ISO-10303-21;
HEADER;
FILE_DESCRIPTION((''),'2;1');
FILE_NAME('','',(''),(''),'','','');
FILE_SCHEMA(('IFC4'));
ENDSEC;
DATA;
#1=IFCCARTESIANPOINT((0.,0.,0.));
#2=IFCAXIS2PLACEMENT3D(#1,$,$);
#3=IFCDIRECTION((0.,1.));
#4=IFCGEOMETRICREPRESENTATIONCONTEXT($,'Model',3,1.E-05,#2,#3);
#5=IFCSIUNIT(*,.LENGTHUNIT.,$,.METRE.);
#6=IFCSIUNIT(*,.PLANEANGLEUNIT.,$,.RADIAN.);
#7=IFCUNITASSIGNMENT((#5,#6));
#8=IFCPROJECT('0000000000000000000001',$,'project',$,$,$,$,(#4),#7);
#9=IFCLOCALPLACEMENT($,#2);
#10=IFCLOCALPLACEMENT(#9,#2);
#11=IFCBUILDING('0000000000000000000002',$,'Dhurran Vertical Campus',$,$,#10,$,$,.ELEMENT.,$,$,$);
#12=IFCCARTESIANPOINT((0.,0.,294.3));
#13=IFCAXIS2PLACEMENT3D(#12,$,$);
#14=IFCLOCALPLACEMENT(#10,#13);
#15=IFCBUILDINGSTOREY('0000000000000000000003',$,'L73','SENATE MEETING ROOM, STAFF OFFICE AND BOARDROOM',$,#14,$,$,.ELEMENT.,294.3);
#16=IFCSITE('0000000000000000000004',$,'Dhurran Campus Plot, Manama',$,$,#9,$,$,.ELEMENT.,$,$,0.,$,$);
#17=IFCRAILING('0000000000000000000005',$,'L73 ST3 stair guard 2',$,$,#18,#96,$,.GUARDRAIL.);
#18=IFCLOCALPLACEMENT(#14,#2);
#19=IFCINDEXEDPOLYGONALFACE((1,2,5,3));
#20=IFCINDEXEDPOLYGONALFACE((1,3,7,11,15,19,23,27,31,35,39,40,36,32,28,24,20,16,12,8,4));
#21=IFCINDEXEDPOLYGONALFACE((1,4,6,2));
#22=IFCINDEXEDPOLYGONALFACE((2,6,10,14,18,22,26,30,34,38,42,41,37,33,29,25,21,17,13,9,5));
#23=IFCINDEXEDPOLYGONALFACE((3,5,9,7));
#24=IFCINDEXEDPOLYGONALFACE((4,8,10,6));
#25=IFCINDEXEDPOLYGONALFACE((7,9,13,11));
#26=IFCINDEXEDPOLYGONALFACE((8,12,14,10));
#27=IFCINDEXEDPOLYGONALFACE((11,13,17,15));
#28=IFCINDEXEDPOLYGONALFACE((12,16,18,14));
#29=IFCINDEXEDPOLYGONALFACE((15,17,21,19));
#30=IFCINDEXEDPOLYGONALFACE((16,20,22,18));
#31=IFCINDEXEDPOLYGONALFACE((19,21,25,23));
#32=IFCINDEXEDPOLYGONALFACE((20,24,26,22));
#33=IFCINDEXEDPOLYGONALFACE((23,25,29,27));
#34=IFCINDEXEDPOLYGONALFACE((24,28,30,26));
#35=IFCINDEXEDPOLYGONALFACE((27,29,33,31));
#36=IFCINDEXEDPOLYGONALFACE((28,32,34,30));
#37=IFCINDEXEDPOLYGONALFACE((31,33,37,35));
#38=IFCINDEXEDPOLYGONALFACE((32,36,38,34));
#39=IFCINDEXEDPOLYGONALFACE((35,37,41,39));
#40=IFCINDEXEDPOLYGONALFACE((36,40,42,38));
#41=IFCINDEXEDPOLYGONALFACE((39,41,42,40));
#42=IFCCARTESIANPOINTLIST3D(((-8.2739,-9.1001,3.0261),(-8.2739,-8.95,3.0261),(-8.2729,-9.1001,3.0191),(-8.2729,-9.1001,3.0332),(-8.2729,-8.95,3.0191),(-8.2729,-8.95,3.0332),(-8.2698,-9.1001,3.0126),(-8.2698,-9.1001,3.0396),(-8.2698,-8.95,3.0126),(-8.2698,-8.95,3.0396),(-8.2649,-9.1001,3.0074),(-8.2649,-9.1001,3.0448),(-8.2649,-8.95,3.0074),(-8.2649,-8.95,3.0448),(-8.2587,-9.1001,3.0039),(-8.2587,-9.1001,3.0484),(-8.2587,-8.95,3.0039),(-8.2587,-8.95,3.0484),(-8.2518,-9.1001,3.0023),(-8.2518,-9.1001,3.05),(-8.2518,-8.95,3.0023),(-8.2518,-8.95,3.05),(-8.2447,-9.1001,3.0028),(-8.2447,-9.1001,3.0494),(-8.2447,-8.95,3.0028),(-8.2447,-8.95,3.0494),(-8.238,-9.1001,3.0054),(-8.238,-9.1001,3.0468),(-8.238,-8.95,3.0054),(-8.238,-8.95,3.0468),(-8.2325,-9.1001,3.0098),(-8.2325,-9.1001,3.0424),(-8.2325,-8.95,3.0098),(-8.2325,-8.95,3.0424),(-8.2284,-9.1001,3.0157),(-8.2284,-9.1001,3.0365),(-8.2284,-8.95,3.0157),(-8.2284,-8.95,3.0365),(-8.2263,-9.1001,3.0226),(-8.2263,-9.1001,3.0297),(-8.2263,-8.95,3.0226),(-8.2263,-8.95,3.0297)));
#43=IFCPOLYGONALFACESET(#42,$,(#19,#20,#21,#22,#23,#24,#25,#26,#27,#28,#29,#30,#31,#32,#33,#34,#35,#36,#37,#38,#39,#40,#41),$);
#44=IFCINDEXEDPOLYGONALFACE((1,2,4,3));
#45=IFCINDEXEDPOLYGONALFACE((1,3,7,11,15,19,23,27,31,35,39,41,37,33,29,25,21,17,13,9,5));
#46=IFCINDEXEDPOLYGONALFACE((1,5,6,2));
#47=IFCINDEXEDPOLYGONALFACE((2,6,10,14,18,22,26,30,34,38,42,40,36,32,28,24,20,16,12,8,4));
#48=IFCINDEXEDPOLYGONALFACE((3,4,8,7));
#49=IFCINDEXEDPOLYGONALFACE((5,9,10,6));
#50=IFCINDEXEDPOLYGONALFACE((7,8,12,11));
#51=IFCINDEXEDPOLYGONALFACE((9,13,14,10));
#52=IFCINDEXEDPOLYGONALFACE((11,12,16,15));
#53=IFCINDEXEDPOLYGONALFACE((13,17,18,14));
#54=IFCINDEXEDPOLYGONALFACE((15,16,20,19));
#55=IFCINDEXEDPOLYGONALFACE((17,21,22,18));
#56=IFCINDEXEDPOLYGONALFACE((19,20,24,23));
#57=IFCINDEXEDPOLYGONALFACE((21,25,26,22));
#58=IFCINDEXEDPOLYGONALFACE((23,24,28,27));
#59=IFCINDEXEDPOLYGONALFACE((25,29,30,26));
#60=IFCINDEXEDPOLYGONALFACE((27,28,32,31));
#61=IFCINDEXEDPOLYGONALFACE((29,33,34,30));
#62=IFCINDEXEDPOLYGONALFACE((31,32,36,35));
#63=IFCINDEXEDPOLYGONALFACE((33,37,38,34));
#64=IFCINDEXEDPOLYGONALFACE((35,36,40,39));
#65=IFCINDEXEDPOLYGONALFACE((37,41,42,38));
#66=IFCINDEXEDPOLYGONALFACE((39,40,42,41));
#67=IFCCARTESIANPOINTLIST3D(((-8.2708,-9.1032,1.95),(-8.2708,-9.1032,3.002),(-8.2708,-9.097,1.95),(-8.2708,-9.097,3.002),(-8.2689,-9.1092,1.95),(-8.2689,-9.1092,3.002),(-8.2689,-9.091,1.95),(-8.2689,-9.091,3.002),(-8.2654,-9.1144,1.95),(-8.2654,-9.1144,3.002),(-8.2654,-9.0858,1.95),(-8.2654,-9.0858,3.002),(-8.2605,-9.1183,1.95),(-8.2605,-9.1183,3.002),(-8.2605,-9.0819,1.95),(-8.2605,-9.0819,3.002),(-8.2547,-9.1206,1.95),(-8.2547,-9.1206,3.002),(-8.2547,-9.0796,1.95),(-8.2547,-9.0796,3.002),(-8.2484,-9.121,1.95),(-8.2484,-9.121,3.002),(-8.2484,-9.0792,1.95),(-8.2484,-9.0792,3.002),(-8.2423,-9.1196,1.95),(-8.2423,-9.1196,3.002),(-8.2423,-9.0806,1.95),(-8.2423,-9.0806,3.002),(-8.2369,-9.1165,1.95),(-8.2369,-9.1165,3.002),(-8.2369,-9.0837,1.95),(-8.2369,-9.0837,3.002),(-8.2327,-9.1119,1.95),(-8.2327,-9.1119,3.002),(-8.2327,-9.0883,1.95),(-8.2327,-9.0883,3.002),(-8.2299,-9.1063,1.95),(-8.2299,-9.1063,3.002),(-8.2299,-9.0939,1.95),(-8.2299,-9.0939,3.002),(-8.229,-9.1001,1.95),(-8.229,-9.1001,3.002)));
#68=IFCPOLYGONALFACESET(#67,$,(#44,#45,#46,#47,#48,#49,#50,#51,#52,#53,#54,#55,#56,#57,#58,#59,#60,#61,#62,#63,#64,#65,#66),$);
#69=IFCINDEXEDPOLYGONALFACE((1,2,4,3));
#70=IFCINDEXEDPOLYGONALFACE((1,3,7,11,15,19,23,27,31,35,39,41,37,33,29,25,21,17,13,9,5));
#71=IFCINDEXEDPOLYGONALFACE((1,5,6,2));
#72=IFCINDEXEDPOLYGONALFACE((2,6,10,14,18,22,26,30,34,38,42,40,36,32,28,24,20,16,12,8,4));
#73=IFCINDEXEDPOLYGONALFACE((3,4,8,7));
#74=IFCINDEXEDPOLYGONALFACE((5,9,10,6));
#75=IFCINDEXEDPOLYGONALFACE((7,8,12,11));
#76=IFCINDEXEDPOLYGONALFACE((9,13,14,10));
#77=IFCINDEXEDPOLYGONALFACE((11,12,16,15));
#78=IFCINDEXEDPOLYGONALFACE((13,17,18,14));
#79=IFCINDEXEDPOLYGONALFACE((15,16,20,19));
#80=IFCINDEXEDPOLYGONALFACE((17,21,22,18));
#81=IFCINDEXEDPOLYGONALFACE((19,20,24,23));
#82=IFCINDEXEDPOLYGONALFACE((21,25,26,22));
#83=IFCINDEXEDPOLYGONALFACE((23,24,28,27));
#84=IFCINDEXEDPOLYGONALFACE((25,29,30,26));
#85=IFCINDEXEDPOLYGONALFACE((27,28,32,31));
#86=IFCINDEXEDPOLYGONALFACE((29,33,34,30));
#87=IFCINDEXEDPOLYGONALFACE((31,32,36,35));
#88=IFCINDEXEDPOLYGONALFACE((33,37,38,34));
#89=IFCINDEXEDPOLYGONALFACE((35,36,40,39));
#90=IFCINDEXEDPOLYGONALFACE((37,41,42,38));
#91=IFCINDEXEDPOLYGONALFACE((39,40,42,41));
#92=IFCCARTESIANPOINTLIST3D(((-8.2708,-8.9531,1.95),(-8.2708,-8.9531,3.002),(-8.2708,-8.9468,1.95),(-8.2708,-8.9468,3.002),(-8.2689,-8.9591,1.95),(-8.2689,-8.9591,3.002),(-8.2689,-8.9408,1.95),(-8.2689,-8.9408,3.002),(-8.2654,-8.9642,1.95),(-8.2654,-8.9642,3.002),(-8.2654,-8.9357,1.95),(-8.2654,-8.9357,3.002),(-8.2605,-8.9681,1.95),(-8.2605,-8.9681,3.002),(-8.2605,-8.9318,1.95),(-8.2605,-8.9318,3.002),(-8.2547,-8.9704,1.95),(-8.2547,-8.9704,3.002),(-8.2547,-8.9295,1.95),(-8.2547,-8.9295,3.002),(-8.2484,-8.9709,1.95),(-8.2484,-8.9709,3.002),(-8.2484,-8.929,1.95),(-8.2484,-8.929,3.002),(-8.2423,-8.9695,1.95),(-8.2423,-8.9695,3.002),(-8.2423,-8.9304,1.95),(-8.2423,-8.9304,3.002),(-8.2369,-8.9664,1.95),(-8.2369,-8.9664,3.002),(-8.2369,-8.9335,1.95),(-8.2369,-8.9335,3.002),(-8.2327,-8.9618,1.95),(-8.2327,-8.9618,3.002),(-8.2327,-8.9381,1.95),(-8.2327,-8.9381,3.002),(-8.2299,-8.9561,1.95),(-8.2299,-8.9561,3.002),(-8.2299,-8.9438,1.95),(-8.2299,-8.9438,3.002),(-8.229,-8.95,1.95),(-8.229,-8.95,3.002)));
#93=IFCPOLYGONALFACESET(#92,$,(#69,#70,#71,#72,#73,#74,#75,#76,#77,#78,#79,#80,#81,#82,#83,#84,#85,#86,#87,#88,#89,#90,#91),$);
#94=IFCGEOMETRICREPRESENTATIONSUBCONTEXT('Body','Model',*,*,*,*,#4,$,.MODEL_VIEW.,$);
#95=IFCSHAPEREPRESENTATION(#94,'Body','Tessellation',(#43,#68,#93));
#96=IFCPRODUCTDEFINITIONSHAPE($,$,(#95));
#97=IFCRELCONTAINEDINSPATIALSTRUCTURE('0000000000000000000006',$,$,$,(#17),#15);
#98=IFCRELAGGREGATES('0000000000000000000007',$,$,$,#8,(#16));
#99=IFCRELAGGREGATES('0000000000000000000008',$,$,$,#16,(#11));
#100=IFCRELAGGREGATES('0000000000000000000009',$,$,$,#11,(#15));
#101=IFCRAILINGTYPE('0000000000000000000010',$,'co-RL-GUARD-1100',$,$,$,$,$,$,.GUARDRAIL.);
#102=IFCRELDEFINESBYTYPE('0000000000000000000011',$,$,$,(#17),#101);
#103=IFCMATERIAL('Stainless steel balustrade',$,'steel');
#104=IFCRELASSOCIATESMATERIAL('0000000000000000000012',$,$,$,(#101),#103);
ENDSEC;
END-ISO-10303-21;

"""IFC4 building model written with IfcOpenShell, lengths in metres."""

from ifc_helpers import new_model, si_unit, direction, frame, origin, origin_2d, place, context, subcontext, project, spatial, circle, extrude, material, type_object, element, save


model = new_model("IFC4")

# Units and contexts
model_context = context("Model", 3, precision=1e-05, world=origin(), true_north=direction((0.0, 1.0)))
body_context = subcontext(model_context, "Body", "Model", "MODEL_VIEW")
ifc_project = project(units=[si_unit("LENGTHUNIT", "METRE"), si_unit("PLANEANGLEUNIT", "RADIAN")], contexts=[model_context])

# Site, building, storey
site_placement = place(None, origin())
site = spatial("IfcSite", under=ifc_project, at=site_placement, Name="Dhurran Campus Plot, Manama", CompositionType="ELEMENT", RefElevation=0.0)
building_placement = place(site_placement, origin())
building = spatial("IfcBuilding", under=site, at=building_placement, Name="Dhurran Vertical Campus", CompositionType="ELEMENT")
storey_placement = place(building_placement, frame((0.0, 0.0, 294.3)))
storey = spatial("IfcBuildingStorey", under=building, at=storey_placement, Name="L73", Description="SENATE MEETING ROOM, STAFF OFFICE AND BOARDROOM", CompositionType="ELEMENT", Elevation=294.3)

# Railing
ifc_material_1 = material(Name="Stainless steel balustrade", Category="steel")
railing_type_1 = type_object("IfcRailingType", Name="co-RL-GUARD-1100", PredefinedType="GUARDRAIL", material=ifc_material_1)
railing_1_placement = place(storey_placement, frame((-8.25, -9.1001, 1.95)))
element("IfcRailing", 1, at=railing_1_placement, inside=storey, type_object=railing_type_1, Name="L73 ST3 stair guard 2", PredefinedType="GUARDRAIL", context=body_context, shape_type="SweptSolid", body=[
    extrude(circle(Radius=0.0239, at=origin_2d()), frame((0.0, 0.0, 1.0762), z_axis=(0.0, 1.0, 0.0), x_axis=(-1.0, 0.0, 0.0)), (0.0, 0.0, 1.0), 0.1501),
    extrude(circle(Radius=0.021, at=origin_2d()), origin(), (0.0, 0.0, 1.0), 1.052),
    extrude(circle(Radius=0.021, at=origin_2d()), frame((0.0, 0.1501, 0.0)), (0.0, 0.0, 1.0), 1.052),
])

save(model, "model.ifc")
